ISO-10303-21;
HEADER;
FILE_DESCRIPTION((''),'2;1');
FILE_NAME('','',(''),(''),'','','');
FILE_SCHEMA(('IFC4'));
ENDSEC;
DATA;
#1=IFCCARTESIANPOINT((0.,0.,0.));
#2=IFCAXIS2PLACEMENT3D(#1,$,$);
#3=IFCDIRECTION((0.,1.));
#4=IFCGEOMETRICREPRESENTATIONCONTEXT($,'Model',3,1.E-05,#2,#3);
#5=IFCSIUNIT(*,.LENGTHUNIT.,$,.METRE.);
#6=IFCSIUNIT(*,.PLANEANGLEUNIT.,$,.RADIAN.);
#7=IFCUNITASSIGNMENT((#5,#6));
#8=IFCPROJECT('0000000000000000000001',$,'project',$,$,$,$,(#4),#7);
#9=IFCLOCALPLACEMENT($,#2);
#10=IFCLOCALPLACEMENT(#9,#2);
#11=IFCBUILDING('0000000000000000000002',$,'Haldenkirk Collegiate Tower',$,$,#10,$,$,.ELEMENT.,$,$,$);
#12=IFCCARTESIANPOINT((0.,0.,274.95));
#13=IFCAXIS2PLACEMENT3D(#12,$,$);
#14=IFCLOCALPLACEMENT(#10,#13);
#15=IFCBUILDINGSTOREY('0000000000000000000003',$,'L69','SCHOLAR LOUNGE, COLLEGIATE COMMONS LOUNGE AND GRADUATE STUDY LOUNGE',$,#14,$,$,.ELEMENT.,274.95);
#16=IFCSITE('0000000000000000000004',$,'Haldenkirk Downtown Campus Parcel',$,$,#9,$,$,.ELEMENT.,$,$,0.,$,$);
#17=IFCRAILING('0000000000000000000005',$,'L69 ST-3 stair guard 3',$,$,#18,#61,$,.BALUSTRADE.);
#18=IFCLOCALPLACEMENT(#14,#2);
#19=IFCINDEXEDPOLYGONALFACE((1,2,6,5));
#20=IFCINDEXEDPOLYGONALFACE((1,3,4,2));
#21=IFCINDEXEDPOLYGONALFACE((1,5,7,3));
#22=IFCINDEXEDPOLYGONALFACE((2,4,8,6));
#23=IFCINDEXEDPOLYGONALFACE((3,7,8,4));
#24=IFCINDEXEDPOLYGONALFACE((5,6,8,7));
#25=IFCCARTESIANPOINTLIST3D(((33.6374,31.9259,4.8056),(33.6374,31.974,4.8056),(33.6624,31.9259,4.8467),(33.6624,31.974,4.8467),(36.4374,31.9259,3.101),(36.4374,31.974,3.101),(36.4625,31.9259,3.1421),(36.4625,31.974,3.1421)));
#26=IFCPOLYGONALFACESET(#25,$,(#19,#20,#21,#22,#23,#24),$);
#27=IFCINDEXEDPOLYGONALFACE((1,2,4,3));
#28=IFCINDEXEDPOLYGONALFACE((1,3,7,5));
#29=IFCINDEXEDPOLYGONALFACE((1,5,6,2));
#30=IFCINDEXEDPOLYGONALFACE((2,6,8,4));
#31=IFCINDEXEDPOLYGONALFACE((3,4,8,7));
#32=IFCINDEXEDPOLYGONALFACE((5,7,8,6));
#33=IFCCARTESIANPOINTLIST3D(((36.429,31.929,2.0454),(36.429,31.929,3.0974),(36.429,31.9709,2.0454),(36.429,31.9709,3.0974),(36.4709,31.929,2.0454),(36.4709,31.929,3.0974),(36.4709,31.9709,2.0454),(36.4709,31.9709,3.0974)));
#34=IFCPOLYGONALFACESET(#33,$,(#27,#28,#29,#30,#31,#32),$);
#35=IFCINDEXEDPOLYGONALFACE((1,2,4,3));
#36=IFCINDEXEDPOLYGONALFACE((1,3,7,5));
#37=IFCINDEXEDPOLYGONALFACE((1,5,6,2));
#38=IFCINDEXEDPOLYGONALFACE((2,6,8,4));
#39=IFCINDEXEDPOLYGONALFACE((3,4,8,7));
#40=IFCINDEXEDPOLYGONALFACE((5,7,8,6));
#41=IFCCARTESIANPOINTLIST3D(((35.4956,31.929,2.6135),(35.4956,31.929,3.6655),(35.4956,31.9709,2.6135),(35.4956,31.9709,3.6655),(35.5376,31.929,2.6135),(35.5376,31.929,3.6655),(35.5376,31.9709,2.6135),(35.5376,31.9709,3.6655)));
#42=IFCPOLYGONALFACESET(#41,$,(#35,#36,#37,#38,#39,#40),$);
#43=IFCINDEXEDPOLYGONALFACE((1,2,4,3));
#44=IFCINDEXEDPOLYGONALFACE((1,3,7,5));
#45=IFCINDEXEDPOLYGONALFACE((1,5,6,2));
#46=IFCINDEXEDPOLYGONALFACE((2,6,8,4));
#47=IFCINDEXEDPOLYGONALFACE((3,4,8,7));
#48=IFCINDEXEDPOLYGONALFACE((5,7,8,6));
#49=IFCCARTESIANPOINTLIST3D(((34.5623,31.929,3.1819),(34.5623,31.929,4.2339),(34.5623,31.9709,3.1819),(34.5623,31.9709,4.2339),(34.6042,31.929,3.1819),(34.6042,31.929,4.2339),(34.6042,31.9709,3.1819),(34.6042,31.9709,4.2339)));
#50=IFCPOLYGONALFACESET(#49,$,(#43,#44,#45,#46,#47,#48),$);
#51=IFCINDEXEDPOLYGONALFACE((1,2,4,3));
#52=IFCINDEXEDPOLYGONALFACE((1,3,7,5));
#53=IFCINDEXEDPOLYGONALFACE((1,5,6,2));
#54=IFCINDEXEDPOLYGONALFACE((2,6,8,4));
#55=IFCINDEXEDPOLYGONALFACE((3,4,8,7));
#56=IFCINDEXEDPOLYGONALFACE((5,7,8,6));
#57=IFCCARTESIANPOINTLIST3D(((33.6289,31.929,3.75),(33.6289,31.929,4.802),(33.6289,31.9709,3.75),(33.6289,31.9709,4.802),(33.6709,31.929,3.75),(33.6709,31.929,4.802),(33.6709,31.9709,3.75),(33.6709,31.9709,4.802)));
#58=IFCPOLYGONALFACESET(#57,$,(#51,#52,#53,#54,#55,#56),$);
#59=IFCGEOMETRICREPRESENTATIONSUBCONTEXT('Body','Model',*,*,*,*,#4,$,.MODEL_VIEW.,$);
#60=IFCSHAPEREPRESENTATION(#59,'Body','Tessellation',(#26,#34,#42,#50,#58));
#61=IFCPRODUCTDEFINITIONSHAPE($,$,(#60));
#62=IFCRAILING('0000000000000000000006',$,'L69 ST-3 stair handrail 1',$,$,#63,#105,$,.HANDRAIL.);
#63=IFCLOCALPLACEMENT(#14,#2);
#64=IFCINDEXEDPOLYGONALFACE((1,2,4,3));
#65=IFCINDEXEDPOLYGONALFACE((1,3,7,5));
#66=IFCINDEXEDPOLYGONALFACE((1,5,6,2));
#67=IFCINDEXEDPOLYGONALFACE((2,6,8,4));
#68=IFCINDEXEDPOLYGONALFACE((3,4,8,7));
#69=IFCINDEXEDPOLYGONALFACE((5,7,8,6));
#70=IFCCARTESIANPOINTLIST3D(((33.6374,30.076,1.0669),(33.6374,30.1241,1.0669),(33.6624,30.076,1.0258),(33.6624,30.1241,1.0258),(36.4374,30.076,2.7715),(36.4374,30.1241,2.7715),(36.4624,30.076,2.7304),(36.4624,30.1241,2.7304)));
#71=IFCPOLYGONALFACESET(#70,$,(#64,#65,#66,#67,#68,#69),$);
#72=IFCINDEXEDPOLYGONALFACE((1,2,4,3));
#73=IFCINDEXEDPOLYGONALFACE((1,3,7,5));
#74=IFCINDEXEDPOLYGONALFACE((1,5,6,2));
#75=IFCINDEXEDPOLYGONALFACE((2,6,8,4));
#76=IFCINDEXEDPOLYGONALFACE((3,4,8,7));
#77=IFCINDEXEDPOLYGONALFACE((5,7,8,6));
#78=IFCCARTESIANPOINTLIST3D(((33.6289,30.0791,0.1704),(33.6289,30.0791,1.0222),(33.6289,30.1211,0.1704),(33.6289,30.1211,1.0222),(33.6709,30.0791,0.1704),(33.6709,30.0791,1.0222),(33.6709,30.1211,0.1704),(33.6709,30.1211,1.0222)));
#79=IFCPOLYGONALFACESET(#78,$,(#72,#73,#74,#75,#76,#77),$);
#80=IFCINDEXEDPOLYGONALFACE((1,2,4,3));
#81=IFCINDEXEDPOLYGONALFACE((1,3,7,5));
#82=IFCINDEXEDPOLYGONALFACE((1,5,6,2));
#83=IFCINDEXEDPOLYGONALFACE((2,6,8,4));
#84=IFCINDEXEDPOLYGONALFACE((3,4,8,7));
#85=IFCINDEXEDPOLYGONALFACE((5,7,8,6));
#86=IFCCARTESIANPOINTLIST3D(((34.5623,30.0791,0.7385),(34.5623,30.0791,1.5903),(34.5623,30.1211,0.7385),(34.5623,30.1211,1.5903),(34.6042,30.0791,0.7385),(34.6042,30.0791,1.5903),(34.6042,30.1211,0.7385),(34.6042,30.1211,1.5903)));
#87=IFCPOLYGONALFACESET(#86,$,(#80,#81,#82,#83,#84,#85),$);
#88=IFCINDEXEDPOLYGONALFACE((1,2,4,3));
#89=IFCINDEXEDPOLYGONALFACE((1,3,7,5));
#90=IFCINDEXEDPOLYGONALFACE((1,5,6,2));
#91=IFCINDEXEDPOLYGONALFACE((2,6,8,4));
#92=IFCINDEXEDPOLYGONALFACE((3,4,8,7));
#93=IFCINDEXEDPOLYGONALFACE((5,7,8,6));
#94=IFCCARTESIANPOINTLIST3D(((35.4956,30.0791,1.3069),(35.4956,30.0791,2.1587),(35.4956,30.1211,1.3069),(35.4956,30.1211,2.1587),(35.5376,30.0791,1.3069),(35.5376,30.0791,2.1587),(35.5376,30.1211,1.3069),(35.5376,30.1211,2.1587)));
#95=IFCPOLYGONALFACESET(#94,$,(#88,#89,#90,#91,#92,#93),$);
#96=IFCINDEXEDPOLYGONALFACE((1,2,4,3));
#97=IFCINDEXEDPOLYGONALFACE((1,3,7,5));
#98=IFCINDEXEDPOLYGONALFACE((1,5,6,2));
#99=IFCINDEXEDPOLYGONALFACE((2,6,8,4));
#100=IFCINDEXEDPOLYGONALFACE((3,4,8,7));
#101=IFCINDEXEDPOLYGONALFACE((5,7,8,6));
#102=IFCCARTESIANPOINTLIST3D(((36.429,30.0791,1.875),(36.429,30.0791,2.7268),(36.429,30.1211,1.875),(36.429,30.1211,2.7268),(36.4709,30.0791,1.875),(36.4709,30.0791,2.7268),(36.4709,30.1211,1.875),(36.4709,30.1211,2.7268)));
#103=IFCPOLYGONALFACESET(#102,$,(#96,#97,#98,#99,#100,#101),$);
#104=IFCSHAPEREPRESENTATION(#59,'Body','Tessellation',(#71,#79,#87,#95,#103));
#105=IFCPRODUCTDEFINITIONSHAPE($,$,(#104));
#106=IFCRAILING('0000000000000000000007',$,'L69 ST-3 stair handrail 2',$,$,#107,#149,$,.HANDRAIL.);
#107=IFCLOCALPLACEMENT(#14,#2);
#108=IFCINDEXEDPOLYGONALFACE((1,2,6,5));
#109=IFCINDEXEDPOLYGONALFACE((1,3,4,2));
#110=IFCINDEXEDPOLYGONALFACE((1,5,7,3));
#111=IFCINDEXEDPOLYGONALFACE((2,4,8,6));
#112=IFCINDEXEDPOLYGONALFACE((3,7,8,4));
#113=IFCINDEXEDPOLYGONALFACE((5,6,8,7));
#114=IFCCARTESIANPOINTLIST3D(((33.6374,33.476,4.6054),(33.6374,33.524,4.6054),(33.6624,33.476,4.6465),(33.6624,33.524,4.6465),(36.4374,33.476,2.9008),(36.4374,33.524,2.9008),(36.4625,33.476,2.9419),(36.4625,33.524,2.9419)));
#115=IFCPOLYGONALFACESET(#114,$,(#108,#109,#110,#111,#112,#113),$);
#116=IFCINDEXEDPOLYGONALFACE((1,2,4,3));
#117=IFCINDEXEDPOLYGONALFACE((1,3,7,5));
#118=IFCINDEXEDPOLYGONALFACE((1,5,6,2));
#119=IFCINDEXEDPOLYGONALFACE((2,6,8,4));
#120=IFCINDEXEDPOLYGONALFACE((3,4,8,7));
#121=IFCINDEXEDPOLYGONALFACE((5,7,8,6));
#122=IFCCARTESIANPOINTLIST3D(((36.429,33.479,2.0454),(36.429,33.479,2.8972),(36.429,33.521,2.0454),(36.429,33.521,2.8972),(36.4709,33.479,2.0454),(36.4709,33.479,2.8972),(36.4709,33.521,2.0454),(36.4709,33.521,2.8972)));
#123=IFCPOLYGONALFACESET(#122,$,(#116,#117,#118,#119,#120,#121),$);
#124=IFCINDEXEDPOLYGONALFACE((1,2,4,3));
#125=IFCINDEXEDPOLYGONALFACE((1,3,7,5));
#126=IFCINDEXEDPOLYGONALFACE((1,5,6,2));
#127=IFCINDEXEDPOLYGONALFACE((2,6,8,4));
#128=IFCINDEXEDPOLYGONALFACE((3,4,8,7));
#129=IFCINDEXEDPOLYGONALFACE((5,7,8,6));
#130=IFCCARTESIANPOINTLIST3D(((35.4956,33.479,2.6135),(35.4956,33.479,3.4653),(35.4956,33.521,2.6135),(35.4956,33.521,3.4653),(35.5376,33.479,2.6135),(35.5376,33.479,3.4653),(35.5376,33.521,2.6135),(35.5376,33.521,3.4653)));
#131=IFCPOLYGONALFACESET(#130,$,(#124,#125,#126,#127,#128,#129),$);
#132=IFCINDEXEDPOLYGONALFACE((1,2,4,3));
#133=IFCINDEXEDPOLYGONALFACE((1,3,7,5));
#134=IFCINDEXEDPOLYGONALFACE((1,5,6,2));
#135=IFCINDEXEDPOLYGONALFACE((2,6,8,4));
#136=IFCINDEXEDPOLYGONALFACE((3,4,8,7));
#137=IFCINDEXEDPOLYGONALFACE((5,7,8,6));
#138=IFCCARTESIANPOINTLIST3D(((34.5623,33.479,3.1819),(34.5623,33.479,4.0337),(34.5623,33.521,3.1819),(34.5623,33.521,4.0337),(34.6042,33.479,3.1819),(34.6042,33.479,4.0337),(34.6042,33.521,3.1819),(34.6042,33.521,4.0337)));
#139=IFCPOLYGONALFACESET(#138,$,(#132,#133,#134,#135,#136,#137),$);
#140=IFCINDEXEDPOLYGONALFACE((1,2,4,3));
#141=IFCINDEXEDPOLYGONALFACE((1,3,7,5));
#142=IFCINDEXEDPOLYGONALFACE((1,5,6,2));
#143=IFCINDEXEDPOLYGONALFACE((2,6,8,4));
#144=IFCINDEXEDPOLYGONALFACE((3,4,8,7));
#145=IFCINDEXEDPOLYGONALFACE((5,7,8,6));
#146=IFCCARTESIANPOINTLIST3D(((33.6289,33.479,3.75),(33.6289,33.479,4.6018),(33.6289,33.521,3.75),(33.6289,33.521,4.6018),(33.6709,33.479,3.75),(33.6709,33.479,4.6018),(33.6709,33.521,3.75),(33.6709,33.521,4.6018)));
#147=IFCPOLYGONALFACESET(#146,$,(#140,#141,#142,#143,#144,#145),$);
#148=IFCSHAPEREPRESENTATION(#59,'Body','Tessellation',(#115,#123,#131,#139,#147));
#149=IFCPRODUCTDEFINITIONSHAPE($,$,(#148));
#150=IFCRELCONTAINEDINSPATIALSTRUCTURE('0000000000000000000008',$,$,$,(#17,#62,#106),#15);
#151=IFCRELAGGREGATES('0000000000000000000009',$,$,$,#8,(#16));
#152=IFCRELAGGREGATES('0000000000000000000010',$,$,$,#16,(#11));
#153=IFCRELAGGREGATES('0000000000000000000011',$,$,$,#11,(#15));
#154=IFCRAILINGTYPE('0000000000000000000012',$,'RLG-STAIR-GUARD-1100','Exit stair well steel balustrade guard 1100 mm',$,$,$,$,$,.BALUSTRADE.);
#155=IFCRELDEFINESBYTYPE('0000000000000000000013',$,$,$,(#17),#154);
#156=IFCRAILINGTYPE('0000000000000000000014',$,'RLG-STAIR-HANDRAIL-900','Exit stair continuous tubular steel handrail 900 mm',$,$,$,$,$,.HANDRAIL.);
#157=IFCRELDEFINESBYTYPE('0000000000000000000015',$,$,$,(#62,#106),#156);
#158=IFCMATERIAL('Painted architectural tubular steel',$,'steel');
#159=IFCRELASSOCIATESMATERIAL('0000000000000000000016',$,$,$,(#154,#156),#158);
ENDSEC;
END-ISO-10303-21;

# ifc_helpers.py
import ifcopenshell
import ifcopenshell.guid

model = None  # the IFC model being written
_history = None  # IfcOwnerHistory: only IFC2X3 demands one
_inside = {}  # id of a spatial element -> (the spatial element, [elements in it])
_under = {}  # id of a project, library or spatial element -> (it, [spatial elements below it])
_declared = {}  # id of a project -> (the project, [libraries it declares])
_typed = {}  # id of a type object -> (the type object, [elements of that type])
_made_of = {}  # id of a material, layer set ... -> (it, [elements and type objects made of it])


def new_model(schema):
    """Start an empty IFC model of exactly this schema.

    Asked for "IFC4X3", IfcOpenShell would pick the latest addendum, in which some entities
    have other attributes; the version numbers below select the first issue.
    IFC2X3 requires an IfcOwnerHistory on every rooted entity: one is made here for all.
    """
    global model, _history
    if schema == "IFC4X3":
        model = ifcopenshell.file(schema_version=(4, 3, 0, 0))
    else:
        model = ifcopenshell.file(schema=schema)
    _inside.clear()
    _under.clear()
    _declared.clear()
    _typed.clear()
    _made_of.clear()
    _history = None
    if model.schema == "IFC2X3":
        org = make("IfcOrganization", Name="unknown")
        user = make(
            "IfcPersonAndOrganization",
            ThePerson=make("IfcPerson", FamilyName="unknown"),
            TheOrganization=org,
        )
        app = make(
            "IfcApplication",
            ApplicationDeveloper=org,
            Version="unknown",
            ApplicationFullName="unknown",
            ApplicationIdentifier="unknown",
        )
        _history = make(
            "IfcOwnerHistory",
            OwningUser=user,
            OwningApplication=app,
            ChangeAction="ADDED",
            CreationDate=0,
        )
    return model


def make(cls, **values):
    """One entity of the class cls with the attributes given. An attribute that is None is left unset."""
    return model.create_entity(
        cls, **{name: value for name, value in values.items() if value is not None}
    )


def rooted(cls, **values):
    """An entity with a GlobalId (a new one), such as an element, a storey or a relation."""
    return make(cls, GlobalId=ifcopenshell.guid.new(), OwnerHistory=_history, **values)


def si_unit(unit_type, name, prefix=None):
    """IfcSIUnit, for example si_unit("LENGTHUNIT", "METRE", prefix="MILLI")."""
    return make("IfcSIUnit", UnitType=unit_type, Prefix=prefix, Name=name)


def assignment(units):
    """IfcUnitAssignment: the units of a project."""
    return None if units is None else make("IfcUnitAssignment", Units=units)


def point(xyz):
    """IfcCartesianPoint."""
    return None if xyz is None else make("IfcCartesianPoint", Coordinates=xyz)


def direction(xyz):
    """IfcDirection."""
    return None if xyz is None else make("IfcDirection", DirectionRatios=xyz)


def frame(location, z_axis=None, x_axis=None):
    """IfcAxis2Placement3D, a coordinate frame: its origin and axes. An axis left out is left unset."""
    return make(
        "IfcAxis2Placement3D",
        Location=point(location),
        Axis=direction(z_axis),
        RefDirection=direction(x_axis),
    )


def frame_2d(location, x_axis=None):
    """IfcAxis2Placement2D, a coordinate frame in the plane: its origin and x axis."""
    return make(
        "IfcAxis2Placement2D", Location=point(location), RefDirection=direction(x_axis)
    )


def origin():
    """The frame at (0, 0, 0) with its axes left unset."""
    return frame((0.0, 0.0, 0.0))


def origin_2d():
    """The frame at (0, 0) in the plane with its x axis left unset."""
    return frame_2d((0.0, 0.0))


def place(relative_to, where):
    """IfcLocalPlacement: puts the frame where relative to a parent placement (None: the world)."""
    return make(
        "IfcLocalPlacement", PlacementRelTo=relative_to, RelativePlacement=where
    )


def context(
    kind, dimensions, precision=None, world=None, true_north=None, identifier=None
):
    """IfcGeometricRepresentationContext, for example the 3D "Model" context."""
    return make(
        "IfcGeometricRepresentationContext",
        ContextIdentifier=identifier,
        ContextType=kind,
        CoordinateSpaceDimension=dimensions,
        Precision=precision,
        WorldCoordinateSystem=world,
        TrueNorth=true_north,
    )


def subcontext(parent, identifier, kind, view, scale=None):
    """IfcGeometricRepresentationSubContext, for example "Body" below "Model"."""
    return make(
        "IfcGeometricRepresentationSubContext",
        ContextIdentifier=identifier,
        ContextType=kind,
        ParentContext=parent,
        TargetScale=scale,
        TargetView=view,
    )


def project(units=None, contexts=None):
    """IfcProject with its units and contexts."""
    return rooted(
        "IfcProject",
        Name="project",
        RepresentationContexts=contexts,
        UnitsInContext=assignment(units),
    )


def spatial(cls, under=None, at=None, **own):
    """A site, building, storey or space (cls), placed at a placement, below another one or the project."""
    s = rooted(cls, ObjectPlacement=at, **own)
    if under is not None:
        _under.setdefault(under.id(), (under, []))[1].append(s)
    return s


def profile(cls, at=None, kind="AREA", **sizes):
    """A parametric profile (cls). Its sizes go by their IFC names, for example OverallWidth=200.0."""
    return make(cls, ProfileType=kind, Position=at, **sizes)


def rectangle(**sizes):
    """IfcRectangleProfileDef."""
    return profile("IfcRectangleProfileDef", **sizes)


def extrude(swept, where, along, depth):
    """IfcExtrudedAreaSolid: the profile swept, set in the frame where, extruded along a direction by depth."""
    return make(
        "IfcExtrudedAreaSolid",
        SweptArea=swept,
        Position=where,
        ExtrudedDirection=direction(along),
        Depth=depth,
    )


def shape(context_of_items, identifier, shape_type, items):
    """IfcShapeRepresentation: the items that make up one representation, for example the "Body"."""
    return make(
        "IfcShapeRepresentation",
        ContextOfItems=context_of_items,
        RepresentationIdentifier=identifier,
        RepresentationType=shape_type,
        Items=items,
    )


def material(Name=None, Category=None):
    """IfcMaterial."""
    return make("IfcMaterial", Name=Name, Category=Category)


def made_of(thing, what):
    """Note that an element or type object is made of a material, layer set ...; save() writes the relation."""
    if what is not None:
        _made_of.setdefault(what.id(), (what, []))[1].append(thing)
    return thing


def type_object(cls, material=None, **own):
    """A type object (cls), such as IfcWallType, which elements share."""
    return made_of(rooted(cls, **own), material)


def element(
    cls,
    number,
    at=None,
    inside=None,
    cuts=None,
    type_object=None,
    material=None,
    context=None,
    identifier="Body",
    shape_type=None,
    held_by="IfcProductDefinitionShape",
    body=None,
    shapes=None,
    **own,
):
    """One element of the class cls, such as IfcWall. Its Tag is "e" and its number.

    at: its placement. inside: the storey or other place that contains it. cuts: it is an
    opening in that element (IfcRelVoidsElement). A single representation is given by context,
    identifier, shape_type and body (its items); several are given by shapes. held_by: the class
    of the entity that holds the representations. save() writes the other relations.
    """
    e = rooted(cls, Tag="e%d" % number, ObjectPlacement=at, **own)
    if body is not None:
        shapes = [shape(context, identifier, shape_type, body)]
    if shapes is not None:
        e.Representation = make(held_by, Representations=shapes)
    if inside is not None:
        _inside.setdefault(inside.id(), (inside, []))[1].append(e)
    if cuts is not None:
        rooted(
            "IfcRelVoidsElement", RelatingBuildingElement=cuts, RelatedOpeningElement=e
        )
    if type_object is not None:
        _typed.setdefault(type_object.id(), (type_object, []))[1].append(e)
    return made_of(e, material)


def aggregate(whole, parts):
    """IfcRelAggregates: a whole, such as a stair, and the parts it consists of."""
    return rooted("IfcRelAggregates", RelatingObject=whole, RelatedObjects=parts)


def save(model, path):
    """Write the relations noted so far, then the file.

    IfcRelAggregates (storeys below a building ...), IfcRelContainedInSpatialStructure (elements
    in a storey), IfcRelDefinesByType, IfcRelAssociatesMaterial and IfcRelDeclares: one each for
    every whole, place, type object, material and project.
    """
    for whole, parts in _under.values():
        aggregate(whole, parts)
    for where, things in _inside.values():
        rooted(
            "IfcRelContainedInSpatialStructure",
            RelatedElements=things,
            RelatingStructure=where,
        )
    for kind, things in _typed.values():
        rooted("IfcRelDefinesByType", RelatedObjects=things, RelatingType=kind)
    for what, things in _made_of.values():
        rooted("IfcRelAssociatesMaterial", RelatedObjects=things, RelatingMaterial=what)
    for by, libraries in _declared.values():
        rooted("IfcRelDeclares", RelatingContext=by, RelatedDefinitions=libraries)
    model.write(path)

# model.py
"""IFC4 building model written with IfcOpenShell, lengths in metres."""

from ifc_helpers import new_model, si_unit, direction, frame, origin, origin_2d, place, context, subcontext, project, spatial, rectangle, extrude, material, type_object, element, save


model = new_model("IFC4")

# Units and contexts
model_context = context("Model", 3, precision=1e-05, world=origin(), true_north=direction((0.0, 1.0)))
body_context = subcontext(model_context, "Body", "Model", "MODEL_VIEW")
ifc_project = project(units=[si_unit("LENGTHUNIT", "METRE"), si_unit("PLANEANGLEUNIT", "RADIAN")], contexts=[model_context])

# Site, building, storey
site_placement = place(None, origin())
site = spatial("IfcSite", under=ifc_project, at=site_placement, Name="Haldenkirk Downtown Campus Parcel", CompositionType="ELEMENT", RefElevation=0.0)
building_placement = place(site_placement, origin())
building = spatial("IfcBuilding", under=site, at=building_placement, Name="Haldenkirk Collegiate Tower", CompositionType="ELEMENT")
storey_placement = place(building_placement, frame((0.0, 0.0, 274.95)))
storey = spatial("IfcBuildingStorey", under=building, at=storey_placement, Name="L69", Description="SCHOLAR LOUNGE, COLLEGIATE COMMONS LOUNGE AND GRADUATE STUDY LOUNGE", CompositionType="ELEMENT", Elevation=274.95)

# Railings
ifc_material_1 = material(Name="Painted architectural tubular steel", Category="steel")
railing_type_1 = type_object("IfcRailingType", Name="RLG-STAIR-GUARD-1100", Description="Exit stair well steel balustrade guard 1100 mm", PredefinedType="BALUSTRADE", material=ifc_material_1)
railing_1_placement = place(storey_placement, frame((36.45, 31.95, 2.0454)))
element("IfcRailing", 1, at=railing_1_placement, inside=storey, type_object=railing_type_1, Name="L69 ST-3 stair guard 3", PredefinedType="BALUSTRADE", context=body_context, shape_type="SweptSolid", body=[
    extrude(rectangle(XDim=0.0481, YDim=0.0481, at=origin_2d()), frame((0.0, 0.0, 1.0762), z_axis=(-0.85417, 0.0, 0.519994), x_axis=(0.0, -1.0, 0.0)), (0.0, 0.0, 1.0), 3.2781),
    extrude(rectangle(XDim=0.042, YDim=0.042, at=origin_2d()), origin(), (0.0, 0.0, 1.0), 1.052),
    extrude(rectangle(XDim=0.042, YDim=0.042, at=origin_2d()), frame((-0.9333, 0.0, 0.5681)), (0.0, 0.0, 1.0), 1.052),
    extrude(rectangle(XDim=0.042, YDim=0.042, at=origin_2d()), frame((-1.8667, 0.0, 1.1365)), (0.0, 0.0, 1.0), 1.052),
    extrude(rectangle(XDim=0.042, YDim=0.042, at=origin_2d()), frame((-2.8, 0.0, 1.7046)), (0.0, 0.0, 1.0), 1.052),
])
railing_type_2 = type_object("IfcRailingType", Name="RLG-STAIR-HANDRAIL-900", Description="Exit stair continuous tubular steel handrail 900 mm", PredefinedType="HANDRAIL", material=ifc_material_1)
railing_2_placement = place(storey_placement, frame((33.6499, 30.1001, 0.1704)))
element("IfcRailing", 2, at=railing_2_placement, inside=storey, type_object=railing_type_2, Name="L69 ST-3 stair handrail 1", PredefinedType="HANDRAIL", context=body_context, shape_type="SweptSolid", body=[
    extrude(rectangle(XDim=0.0481, YDim=0.0481, at=origin_2d()), frame((0.0, 0.0, 0.876), z_axis=(0.85417, 0.0, 0.519994), x_axis=(0.0, 1.0, 0.0)), (0.0, 0.0, 1.0), 3.2781),
    extrude(rectangle(XDim=0.042, YDim=0.042, at=origin_2d()), origin(), (0.0, 0.0, 1.0), 0.8518),
    extrude(rectangle(XDim=0.042, YDim=0.042, at=origin_2d()), frame((0.9333, 0.0, 0.5681)), (0.0, 0.0, 1.0), 0.8518),
    extrude(rectangle(XDim=0.042, YDim=0.042, at=origin_2d()), frame((1.8667, 0.0, 1.1365)), (0.0, 0.0, 1.0), 0.8518),
    extrude(rectangle(XDim=0.042, YDim=0.042, at=origin_2d()), frame((2.8, 0.0, 1.7046)), (0.0, 0.0, 1.0), 0.8518),
])
railing_3_placement = place(storey_placement, frame((36.45, 33.5, 2.0454)))
element("IfcRailing", 3, at=railing_3_placement, inside=storey, type_object=railing_type_2, Name="L69 ST-3 stair handrail 2", PredefinedType="HANDRAIL", context=body_context, shape_type="SweptSolid", body=[
    extrude(rectangle(XDim=0.0481, YDim=0.0481, at=origin_2d()), frame((0.0, 0.0, 0.876), z_axis=(-0.85417, 0.0, 0.519994), x_axis=(0.0, -1.0, 0.0)), (0.0, 0.0, 1.0), 3.2781),
    extrude(rectangle(XDim=0.042, YDim=0.042, at=origin_2d()), origin(), (0.0, 0.0, 1.0), 0.8518),
    extrude(rectangle(XDim=0.042, YDim=0.042, at=origin_2d()), frame((-0.9333, 0.0, 0.5681)), (0.0, 0.0, 1.0), 0.8518),
    extrude(rectangle(XDim=0.042, YDim=0.042, at=origin_2d()), frame((-1.8667, 0.0, 1.1365)), (0.0, 0.0, 1.0), 0.8518),
    extrude(rectangle(XDim=0.042, YDim=0.042, at=origin_2d()), frame((-2.8, 0.0, 1.7046)), (0.0, 0.0, 1.0), 0.8518),
])

save(model, "model.ifc")
